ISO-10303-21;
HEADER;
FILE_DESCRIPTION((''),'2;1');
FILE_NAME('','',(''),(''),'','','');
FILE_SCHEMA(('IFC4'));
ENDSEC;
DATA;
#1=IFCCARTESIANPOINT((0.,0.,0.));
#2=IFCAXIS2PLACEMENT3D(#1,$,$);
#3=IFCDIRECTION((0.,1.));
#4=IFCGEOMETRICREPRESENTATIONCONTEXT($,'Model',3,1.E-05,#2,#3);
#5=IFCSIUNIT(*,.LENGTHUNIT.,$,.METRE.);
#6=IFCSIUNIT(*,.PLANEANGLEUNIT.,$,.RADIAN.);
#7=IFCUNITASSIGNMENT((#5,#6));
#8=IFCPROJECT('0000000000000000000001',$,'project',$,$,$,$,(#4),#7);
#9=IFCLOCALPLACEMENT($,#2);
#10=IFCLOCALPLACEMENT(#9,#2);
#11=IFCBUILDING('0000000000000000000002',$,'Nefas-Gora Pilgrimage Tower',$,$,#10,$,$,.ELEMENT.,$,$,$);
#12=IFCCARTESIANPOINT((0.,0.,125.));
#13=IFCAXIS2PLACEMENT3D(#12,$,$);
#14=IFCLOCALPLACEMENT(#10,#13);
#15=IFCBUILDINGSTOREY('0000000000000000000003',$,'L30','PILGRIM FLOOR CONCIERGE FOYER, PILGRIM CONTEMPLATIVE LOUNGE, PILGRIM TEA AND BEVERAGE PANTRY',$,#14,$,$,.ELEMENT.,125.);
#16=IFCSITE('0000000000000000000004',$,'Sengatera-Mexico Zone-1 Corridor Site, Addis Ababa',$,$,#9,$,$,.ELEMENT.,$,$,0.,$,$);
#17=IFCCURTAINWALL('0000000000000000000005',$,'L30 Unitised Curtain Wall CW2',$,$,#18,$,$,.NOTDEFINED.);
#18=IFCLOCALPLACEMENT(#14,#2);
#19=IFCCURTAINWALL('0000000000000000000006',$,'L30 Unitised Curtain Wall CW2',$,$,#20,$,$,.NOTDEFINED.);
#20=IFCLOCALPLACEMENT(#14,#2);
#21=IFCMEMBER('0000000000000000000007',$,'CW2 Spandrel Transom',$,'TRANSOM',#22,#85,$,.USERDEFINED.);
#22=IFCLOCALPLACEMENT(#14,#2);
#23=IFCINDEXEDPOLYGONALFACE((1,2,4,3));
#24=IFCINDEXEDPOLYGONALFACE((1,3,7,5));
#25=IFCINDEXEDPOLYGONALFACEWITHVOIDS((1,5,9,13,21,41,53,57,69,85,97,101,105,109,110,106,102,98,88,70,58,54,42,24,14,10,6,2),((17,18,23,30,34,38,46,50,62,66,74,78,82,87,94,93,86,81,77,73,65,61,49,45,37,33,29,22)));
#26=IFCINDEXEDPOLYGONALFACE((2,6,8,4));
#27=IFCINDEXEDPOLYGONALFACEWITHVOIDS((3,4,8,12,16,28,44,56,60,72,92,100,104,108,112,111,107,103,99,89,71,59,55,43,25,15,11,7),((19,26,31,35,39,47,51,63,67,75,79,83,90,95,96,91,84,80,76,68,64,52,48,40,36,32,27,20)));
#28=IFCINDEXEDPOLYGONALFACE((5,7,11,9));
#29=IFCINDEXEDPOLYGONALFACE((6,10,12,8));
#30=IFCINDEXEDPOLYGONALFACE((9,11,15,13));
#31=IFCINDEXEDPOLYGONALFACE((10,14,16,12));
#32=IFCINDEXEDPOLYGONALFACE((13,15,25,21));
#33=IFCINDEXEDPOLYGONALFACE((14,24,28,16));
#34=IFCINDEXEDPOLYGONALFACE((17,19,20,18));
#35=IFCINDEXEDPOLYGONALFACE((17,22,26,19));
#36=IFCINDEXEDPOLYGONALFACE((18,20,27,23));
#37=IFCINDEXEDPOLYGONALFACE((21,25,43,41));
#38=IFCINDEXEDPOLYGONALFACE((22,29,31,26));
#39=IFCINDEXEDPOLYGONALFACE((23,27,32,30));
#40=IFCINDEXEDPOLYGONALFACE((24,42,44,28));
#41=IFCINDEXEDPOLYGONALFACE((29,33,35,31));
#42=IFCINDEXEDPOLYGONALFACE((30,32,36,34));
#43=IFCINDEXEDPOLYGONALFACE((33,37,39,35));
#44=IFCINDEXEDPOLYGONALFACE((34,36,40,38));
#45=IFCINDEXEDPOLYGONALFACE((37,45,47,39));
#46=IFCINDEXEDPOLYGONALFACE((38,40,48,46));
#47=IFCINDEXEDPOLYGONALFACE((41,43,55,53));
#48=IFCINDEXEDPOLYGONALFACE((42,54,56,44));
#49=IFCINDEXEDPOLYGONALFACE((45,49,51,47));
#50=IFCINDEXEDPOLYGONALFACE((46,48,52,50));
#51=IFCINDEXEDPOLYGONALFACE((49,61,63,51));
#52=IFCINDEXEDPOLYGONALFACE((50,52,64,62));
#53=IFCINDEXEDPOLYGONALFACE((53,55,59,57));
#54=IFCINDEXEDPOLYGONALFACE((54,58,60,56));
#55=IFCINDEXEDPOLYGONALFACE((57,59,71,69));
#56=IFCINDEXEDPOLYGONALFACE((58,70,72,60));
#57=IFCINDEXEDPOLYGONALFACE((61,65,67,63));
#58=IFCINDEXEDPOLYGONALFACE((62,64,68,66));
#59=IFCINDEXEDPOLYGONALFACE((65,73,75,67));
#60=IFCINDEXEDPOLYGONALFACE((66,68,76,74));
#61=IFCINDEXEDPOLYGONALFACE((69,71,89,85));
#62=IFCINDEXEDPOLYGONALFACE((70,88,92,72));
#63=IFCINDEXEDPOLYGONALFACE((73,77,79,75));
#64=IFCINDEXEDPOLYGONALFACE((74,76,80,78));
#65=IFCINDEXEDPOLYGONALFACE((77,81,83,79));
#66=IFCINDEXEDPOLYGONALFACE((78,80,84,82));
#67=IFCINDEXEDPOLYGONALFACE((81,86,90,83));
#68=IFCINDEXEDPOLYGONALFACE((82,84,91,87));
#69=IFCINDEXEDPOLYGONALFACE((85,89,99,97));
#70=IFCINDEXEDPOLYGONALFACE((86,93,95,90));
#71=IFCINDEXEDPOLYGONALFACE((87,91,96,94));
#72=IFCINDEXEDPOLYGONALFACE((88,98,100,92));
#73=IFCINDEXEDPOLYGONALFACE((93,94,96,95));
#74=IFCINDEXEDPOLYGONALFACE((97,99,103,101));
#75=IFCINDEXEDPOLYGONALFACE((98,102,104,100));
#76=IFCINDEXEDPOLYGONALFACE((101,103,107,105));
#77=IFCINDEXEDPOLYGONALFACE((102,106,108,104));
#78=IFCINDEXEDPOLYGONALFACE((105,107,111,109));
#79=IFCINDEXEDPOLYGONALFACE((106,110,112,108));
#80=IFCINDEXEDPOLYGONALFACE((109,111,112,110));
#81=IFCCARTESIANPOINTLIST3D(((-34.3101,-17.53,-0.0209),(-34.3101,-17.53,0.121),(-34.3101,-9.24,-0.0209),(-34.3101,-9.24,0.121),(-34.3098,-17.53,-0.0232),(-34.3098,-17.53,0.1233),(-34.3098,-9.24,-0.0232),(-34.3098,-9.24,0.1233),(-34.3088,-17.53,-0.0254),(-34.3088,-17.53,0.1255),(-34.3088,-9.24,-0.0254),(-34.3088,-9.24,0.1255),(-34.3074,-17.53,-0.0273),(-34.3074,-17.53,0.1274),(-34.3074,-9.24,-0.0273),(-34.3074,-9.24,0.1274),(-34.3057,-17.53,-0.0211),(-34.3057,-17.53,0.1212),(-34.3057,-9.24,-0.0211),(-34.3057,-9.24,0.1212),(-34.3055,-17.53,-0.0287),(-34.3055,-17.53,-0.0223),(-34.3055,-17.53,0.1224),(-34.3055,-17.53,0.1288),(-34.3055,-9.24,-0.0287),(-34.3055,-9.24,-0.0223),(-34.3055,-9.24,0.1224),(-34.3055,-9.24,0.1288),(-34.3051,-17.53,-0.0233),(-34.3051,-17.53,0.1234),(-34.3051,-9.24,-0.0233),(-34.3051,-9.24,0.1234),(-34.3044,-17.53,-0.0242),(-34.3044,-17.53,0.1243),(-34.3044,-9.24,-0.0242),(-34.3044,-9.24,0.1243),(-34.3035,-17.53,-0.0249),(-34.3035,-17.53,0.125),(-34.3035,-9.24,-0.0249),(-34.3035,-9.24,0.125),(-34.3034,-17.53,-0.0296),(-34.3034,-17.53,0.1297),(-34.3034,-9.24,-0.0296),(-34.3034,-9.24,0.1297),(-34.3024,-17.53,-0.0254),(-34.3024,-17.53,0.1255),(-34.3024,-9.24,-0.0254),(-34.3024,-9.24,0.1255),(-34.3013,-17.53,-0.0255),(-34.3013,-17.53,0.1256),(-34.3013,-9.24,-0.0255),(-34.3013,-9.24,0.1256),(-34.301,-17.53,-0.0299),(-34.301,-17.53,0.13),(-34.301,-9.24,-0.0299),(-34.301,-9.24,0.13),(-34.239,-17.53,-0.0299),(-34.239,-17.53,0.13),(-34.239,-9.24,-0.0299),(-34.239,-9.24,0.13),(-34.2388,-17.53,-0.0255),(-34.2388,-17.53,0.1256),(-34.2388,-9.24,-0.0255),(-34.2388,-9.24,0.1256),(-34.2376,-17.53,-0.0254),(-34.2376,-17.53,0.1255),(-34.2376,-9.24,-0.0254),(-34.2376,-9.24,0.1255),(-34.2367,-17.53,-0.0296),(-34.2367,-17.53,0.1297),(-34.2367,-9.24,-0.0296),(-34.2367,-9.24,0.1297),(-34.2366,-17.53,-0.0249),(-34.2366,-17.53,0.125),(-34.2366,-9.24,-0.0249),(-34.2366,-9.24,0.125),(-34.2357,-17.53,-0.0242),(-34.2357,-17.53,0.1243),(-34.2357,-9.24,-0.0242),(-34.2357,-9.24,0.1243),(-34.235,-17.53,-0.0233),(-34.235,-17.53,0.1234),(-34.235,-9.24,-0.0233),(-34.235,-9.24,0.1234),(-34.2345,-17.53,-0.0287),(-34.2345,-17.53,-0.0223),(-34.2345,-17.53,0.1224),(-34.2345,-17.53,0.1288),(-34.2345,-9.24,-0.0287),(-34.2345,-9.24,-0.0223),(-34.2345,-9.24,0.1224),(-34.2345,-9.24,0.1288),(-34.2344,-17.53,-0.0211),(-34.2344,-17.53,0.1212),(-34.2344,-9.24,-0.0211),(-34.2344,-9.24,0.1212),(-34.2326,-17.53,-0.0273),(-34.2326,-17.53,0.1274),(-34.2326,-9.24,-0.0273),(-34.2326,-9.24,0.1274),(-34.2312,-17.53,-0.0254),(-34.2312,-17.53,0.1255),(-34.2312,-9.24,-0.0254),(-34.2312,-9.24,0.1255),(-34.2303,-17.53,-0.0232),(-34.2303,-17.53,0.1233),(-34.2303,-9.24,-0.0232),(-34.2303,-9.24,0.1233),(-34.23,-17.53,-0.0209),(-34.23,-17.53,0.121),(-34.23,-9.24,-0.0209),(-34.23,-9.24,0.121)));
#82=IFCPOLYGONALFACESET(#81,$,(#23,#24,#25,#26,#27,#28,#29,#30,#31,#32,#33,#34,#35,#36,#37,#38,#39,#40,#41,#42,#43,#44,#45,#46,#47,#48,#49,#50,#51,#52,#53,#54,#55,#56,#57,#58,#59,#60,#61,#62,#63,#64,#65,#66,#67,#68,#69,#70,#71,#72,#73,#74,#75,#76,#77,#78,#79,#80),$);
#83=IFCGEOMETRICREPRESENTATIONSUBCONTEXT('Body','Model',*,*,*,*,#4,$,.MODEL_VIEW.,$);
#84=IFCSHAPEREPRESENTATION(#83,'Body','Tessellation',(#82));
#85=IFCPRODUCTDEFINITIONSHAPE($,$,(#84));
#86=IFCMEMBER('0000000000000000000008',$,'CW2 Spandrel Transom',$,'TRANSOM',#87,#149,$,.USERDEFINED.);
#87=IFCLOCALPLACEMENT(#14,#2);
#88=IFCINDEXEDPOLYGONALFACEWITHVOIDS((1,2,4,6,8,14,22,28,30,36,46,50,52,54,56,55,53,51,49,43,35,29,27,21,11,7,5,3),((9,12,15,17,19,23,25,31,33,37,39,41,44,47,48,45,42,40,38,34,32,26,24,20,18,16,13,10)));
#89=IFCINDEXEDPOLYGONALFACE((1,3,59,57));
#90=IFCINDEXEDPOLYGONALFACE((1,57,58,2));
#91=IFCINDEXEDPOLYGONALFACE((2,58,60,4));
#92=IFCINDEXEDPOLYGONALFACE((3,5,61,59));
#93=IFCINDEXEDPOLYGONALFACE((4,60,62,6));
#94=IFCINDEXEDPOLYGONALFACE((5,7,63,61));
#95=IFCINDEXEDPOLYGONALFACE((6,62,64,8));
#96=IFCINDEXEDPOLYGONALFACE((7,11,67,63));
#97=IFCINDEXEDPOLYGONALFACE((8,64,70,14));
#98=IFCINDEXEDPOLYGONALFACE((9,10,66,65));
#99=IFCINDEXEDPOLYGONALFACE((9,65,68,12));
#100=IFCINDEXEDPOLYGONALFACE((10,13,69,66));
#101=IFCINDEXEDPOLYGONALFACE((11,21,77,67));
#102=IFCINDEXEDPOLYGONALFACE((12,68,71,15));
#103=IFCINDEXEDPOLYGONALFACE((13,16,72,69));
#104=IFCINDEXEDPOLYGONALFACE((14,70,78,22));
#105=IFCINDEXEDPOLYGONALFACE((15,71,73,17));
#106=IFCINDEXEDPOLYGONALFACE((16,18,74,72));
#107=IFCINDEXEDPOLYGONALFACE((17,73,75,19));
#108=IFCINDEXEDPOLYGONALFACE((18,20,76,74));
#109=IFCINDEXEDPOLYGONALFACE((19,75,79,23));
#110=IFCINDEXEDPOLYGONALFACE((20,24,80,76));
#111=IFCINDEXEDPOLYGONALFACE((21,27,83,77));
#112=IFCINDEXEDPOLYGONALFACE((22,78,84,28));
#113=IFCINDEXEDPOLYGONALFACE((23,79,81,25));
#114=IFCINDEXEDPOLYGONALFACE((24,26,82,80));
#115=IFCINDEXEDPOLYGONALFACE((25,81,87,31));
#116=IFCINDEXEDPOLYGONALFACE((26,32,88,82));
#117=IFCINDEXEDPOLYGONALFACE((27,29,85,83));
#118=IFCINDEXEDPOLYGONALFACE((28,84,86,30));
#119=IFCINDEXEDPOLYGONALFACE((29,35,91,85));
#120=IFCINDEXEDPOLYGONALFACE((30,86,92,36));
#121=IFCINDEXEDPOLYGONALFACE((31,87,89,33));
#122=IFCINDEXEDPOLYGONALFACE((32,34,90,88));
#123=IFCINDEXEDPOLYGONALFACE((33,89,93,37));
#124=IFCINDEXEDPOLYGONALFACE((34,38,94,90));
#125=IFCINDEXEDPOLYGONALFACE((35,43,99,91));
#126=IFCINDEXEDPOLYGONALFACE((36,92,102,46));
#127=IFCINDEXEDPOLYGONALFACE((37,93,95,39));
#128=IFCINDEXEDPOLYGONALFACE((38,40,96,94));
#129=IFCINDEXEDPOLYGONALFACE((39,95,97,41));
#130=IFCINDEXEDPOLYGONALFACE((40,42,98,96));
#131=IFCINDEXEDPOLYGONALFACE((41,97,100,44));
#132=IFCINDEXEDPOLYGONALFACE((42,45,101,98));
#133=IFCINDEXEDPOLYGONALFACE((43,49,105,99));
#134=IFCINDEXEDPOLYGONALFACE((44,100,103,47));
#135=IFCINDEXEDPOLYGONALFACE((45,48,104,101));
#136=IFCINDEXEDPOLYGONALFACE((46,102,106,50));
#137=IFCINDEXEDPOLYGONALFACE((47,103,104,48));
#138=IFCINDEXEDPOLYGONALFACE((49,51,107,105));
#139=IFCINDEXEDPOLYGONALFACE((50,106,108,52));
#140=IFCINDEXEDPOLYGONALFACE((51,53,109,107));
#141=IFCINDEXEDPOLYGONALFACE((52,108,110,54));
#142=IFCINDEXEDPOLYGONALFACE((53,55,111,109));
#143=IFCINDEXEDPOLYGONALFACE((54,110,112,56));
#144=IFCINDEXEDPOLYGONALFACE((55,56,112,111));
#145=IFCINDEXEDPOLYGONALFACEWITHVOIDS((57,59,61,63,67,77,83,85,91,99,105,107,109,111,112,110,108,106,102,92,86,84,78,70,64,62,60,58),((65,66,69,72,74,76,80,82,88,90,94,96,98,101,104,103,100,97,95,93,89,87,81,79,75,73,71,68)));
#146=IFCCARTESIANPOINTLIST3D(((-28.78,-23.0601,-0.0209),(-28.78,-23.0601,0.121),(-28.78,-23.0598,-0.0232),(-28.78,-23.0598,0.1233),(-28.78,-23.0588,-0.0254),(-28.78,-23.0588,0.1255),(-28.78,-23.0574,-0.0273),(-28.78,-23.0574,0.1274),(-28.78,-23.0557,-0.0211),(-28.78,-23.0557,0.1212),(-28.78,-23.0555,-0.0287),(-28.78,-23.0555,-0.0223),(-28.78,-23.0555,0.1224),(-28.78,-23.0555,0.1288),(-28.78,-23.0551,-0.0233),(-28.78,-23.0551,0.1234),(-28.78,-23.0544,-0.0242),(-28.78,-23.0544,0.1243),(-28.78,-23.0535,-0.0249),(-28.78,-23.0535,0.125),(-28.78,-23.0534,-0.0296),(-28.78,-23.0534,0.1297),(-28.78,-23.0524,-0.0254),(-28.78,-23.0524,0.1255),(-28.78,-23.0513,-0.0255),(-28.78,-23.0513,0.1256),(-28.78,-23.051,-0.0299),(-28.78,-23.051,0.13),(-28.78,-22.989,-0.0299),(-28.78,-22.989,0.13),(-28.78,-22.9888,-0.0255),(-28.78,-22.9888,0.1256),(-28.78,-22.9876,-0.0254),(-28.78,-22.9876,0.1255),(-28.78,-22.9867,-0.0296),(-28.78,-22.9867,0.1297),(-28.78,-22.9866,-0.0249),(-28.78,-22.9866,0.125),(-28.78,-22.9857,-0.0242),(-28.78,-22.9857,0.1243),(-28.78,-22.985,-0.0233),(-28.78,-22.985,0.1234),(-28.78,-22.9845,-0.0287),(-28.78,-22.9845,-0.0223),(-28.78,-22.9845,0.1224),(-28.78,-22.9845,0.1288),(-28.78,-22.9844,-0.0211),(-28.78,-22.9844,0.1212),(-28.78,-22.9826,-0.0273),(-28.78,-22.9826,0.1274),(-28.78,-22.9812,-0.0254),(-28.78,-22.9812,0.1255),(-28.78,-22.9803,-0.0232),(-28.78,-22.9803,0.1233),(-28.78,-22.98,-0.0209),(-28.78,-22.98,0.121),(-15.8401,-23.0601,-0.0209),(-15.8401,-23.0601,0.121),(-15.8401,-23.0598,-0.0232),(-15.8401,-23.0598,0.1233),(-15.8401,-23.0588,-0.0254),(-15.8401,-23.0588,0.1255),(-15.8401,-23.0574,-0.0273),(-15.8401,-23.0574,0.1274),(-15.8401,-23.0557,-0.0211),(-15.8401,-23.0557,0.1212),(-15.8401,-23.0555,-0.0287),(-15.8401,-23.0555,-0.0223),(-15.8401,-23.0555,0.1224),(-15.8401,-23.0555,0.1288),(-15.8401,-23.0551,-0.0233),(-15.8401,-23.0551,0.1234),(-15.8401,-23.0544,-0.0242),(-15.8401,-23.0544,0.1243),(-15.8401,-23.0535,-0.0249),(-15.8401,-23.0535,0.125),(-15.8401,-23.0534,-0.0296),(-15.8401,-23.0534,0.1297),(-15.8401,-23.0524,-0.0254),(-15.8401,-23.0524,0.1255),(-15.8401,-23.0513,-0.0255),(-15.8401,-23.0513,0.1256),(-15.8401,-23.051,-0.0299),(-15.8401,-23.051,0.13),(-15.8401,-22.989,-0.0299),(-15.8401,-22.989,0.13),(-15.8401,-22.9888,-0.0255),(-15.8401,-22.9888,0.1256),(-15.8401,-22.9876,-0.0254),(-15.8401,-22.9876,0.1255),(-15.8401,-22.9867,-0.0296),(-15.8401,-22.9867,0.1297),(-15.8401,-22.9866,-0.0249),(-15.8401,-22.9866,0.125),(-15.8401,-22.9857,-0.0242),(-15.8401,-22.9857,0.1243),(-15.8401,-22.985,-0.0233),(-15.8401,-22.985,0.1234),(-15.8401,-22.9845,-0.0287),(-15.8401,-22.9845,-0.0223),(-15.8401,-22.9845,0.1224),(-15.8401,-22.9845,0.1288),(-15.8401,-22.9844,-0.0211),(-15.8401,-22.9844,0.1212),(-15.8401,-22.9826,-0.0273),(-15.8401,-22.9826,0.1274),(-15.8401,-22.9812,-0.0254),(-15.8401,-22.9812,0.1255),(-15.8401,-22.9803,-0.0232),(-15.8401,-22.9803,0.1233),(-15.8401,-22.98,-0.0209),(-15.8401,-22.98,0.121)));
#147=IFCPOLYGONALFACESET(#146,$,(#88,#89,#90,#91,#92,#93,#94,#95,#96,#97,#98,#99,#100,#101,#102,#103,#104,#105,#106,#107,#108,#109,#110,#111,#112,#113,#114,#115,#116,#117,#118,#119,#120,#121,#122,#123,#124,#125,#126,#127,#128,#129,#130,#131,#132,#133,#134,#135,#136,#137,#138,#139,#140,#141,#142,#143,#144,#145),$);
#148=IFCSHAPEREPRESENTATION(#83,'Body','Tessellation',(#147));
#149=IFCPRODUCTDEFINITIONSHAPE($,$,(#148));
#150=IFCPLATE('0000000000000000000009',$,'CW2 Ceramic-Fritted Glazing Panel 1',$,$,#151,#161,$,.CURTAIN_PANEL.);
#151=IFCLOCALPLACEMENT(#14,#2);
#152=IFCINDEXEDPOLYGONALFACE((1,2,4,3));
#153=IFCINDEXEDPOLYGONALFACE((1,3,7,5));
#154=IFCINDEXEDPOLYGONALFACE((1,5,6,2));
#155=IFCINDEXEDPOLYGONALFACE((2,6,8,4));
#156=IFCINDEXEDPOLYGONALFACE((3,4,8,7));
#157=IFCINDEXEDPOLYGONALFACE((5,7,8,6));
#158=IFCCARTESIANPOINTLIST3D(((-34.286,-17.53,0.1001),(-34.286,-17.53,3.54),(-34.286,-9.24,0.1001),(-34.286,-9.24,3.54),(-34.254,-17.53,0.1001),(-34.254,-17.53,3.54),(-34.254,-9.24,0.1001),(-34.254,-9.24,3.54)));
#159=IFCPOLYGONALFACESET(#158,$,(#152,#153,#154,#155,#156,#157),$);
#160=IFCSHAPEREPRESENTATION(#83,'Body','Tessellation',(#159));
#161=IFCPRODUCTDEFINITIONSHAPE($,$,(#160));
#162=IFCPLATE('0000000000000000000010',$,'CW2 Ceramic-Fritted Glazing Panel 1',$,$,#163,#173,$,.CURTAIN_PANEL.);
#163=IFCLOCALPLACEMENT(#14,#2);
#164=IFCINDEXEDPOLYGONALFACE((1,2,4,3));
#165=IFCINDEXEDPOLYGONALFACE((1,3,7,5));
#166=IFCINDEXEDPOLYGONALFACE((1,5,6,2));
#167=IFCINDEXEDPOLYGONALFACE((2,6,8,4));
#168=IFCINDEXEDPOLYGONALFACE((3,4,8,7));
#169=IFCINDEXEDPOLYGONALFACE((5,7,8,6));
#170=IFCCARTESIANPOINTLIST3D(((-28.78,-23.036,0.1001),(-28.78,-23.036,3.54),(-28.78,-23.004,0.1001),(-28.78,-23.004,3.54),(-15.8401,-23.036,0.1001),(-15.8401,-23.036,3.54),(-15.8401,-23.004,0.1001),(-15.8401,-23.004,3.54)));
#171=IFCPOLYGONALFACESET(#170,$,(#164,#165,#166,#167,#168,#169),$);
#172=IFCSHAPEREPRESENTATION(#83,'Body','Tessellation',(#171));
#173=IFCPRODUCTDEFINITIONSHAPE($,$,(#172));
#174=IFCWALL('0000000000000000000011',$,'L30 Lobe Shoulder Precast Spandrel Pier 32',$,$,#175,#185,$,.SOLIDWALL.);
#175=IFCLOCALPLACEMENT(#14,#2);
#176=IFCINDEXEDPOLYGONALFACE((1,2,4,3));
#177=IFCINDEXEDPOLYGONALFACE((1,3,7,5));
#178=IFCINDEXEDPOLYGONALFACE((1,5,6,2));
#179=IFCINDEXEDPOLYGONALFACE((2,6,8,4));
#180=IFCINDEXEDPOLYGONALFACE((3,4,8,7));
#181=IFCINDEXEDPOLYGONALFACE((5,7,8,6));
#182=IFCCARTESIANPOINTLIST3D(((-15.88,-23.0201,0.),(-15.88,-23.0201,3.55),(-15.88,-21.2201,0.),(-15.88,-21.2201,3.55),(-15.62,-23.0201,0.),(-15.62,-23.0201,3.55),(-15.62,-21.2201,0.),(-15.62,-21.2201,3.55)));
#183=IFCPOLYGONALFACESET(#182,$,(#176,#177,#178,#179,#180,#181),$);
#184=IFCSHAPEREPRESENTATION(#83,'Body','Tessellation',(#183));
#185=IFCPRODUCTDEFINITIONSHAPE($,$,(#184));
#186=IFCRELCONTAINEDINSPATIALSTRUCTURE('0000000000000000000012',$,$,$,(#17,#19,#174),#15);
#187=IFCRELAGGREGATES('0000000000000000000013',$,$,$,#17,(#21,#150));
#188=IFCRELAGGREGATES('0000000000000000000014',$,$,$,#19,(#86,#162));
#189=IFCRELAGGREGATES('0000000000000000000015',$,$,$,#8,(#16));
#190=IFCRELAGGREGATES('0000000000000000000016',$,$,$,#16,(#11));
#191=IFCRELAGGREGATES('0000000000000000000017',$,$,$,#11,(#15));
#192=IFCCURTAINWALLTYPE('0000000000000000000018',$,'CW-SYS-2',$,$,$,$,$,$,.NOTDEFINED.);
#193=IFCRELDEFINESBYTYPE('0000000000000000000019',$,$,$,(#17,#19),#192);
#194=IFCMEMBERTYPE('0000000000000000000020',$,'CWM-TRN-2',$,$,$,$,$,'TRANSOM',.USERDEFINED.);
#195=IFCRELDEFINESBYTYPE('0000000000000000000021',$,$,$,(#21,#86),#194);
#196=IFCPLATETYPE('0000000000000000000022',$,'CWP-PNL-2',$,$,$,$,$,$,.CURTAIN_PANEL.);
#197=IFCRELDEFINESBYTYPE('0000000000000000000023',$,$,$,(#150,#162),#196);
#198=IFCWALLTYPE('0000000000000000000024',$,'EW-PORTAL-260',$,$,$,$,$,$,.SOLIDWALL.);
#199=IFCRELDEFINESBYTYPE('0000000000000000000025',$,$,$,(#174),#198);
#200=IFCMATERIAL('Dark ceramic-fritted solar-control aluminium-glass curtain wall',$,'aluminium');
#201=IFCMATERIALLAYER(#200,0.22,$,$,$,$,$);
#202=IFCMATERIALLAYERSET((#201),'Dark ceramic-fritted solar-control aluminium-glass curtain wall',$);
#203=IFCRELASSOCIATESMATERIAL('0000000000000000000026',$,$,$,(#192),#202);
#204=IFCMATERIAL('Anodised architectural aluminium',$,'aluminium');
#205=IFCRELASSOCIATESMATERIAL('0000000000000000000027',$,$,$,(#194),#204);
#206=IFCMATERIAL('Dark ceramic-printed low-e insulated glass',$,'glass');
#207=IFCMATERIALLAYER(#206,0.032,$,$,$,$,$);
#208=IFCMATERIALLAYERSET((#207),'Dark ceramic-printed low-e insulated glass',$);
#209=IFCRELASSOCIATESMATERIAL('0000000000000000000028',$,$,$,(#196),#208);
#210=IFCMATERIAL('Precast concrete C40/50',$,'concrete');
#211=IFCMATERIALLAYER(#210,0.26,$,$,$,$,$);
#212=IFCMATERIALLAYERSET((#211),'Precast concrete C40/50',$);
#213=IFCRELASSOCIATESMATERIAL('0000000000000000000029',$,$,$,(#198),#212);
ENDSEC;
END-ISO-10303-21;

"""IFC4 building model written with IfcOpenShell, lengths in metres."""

from ifc_helpers import new_model, si_unit, direction, frame, frame_2d, origin, origin_2d, place, context, subcontext, project, spatial, rectangle, hollow_rectangle, extrude, source, transform, mapped, material, layer, layer_set, material_profile, profile_set, type_object, element, aggregate, save


model = new_model("IFC4")

# Units and contexts
model_context = context("Model", 3, precision=1e-05, world=origin(), true_north=direction((0.0, 1.0)))
body_context = subcontext(model_context, "Body", "Model", "MODEL_VIEW")
ifc_project = project(units=[si_unit("LENGTHUNIT", "METRE"), si_unit("PLANEANGLEUNIT", "RADIAN")], contexts=[model_context])

# Site, building, storey
site_placement = place(None, origin())
site = spatial("IfcSite", under=ifc_project, at=site_placement, Name="Sengatera-Mexico Zone-1 Corridor Site, Addis Ababa", CompositionType="ELEMENT", RefElevation=0.0)
building_placement = place(site_placement, origin())
building = spatial("IfcBuilding", under=site, at=building_placement, Name="Nefas-Gora Pilgrimage Tower", CompositionType="ELEMENT")
storey_placement = place(building_placement, frame((0.0, 0.0, 125.0)))
storey = spatial("IfcBuildingStorey", under=building, at=storey_placement, Name="L30", Description="PILGRIM FLOOR CONCIERGE FOYER, PILGRIM CONTEMPLATIVE LOUNGE, PILGRIM TEA AND BEVERAGE PANTRY", CompositionType="ELEMENT", Elevation=125.0)

# Curtain walls
ifc_material_1 = material(Name="Dark ceramic-fritted solar-control aluminium-glass curtain wall", Category="aluminium")
ifc_material_2 = material(Name="Anodised architectural aluminium", Category="aluminium")
ifc_layer_1 = layer(ifc_material_1, 0.22)
ifc_layer_set_1 = layer_set([ifc_layer_1], Name="Dark ceramic-fritted solar-control aluminium-glass curtain wall")
curtain_wall_type_1 = type_object("IfcCurtainWallType", Name="CW-SYS-2", PredefinedType="NOTDEFINED", material=ifc_layer_set_1)
curtain_wall_1_placement = place(storey_placement, origin())
curtain_wall_1 = element("IfcCurtainWall", 1, at=curtain_wall_1_placement, inside=storey, type_object=curtain_wall_type_1, Name="L30 Unitised Curtain Wall CW2", PredefinedType="NOTDEFINED")
curtain_wall_2_placement = place(storey_placement, origin())
curtain_wall_2 = element("IfcCurtainWall", 2, at=curtain_wall_2_placement, inside=storey, type_object=curtain_wall_type_1, Name="L30 Unitised Curtain Wall CW2", PredefinedType="NOTDEFINED")

# Members
ifc_material_profile_1 = material_profile(ifc_material_2, hollow_rectangle(XDim=0.0801, YDim=0.1599, WallThickness=0.0044, InnerFilletRadius=0.0044, OuterFilletRadius=0.009, at=origin_2d()), Name="ALU TRANSOM 80x160")
ifc_profile_set_1 = profile_set([ifc_material_profile_1], Name="Anodised architectural aluminium")
member_type_1 = type_object("IfcMemberType", Name="CWM-TRN-2", ElementType="TRANSOM", PredefinedType="USERDEFINED", material=ifc_profile_set_1)
shared_shape_1 = source(origin(), body_context, "Body", "SweptSolid", [
    extrude(hollow_rectangle(XDim=0.0801, YDim=0.1599, WallThickness=0.0044, InnerFilletRadius=0.0044, OuterFilletRadius=0.009, at=origin_2d()), origin(), (0.0, 0.0, 1.0), 8.29),
])
member_1_placement = place(storey_placement, frame((-34.27, -9.24, 0.05), z_axis=(0.0, -1.0, 0.0), x_axis=(1.0, 0.0, 0.0)))
member_1 = element("IfcMember", 3, at=member_1_placement, type_object=member_type_1, Name="CW2 Spandrel Transom", ObjectType="TRANSOM", PredefinedType="USERDEFINED", context=body_context, shape_type="MappedRepresentation", body=[
    mapped(shared_shape_1, transform((0.0, 0.0, 0.0), x_axis=(1.0, 0.0, 0.0), y_axis=(0.0, 1.0, 0.0), z_axis=(0.0, 0.0, 1.0), scale=1.0)),
])
shared_shape_2 = source(origin(), body_context, "Body", "SweptSolid", [
    extrude(hollow_rectangle(XDim=0.0801, YDim=0.1599, WallThickness=0.0044, InnerFilletRadius=0.0044, OuterFilletRadius=0.009, at=origin_2d()), origin(), (0.0, 0.0, 1.0), 12.9399),
])
member_2_placement = place(storey_placement, frame((-28.78, -23.02, 0.05), z_axis=(1.0, 0.0, 0.0), x_axis=(0.0, 1.0, 0.0)))
member_2 = element("IfcMember", 4, at=member_2_placement, type_object=member_type_1, Name="CW2 Spandrel Transom", ObjectType="TRANSOM", PredefinedType="USERDEFINED", context=body_context, shape_type="MappedRepresentation", body=[
    mapped(shared_shape_2, transform((0.0, 0.0, 0.0), x_axis=(1.0, 0.0, 0.0), y_axis=(0.0, 1.0, 0.0), z_axis=(0.0, 0.0, 1.0), scale=1.0)),
])

# Plates
ifc_material_3 = material(Name="Dark ceramic-printed low-e insulated glass", Category="glass")
ifc_layer_2 = layer(ifc_material_3, 0.032)
ifc_layer_set_2 = layer_set([ifc_layer_2], Name="Dark ceramic-printed low-e insulated glass")
plate_type = type_object("IfcPlateType", Name="CWP-PNL-2", PredefinedType="CURTAIN_PANEL", material=ifc_layer_set_2)
shared_shape_3 = source(origin(), body_context, "Body", "SweptSolid", [
    extrude(rectangle(XDim=8.29, YDim=0.032, at=origin_2d()), origin(), (0.0, 0.0, 1.0), 3.4399),
])
plate_1_placement = place(storey_placement, frame((-34.27, -13.385, 0.1001), z_axis=(0.0, 0.0, 1.0), x_axis=(0.0, -1.0, 0.0)))
plate_1 = element("IfcPlate", 5, at=plate_1_placement, type_object=plate_type, Name="CW2 Ceramic-Fritted Glazing Panel 1", PredefinedType="CURTAIN_PANEL", context=body_context, shape_type="MappedRepresentation", body=[
    mapped(shared_shape_3, transform((0.0, 0.0, 0.0), x_axis=(1.0, 0.0, 0.0), y_axis=(0.0, 1.0, 0.0), z_axis=(0.0, 0.0, 1.0), scale=1.0)),
])
aggregate(curtain_wall_1, [member_1, plate_1])
shared_shape_4 = source(origin(), body_context, "Body", "SweptSolid", [
    extrude(rectangle(XDim=12.9399, YDim=0.032, at=origin_2d()), origin(), (0.0, 0.0, 1.0), 3.4399),
])
plate_2_placement = place(storey_placement, frame((-22.3101, -23.02, 0.1001), z_axis=(0.0, 0.0, 1.0), x_axis=(1.0, 0.0, 0.0)))
plate_2 = element("IfcPlate", 6, at=plate_2_placement, type_object=plate_type, Name="CW2 Ceramic-Fritted Glazing Panel 1", PredefinedType="CURTAIN_PANEL", context=body_context, shape_type="MappedRepresentation", body=[
    mapped(shared_shape_4, transform((0.0, 0.0, 0.0), x_axis=(1.0, 0.0, 0.0), y_axis=(0.0, 1.0, 0.0), z_axis=(0.0, 0.0, 1.0), scale=1.0)),
])
aggregate(curtain_wall_2, [member_2, plate_2])

# Wall
ifc_material_4 = material(Name="Precast concrete C40/50", Category="concrete")
ifc_layer_3 = layer(ifc_material_4, 0.26)
ifc_layer_set_3 = layer_set([ifc_layer_3], Name="Precast concrete C40/50")
wall_type_1 = type_object("IfcWallType", Name="EW-PORTAL-260", PredefinedType="SOLIDWALL", material=ifc_layer_set_3)
shared_shape_5 = source(origin(), body_context, "Body", "SweptSolid", [
    extrude(rectangle(XDim=1.8, YDim=0.26, at=frame_2d((0.8999, 0.0))), origin(), (0.0, 0.0, 1.0), 3.55),
])
wall_1_placement = place(storey_placement, frame((-15.75, -23.02, 0.0), z_axis=(0.0, 0.0, 1.0), x_axis=(0.0, 1.0, 0.0)))
element("IfcWall", 7, at=wall_1_placement, inside=storey, type_object=wall_type_1, Name="L30 Lobe Shoulder Precast Spandrel Pier 32", PredefinedType="SOLIDWALL", context=body_context, shape_type="MappedRepresentation", body=[
    mapped(shared_shape_5, transform((0.0, 0.0, 0.0), x_axis=(1.0, 0.0, 0.0), y_axis=(0.0, 1.0, 0.0), z_axis=(0.0, 0.0, 1.0), scale=1.0)),
])

save(model, "model.ifc")
